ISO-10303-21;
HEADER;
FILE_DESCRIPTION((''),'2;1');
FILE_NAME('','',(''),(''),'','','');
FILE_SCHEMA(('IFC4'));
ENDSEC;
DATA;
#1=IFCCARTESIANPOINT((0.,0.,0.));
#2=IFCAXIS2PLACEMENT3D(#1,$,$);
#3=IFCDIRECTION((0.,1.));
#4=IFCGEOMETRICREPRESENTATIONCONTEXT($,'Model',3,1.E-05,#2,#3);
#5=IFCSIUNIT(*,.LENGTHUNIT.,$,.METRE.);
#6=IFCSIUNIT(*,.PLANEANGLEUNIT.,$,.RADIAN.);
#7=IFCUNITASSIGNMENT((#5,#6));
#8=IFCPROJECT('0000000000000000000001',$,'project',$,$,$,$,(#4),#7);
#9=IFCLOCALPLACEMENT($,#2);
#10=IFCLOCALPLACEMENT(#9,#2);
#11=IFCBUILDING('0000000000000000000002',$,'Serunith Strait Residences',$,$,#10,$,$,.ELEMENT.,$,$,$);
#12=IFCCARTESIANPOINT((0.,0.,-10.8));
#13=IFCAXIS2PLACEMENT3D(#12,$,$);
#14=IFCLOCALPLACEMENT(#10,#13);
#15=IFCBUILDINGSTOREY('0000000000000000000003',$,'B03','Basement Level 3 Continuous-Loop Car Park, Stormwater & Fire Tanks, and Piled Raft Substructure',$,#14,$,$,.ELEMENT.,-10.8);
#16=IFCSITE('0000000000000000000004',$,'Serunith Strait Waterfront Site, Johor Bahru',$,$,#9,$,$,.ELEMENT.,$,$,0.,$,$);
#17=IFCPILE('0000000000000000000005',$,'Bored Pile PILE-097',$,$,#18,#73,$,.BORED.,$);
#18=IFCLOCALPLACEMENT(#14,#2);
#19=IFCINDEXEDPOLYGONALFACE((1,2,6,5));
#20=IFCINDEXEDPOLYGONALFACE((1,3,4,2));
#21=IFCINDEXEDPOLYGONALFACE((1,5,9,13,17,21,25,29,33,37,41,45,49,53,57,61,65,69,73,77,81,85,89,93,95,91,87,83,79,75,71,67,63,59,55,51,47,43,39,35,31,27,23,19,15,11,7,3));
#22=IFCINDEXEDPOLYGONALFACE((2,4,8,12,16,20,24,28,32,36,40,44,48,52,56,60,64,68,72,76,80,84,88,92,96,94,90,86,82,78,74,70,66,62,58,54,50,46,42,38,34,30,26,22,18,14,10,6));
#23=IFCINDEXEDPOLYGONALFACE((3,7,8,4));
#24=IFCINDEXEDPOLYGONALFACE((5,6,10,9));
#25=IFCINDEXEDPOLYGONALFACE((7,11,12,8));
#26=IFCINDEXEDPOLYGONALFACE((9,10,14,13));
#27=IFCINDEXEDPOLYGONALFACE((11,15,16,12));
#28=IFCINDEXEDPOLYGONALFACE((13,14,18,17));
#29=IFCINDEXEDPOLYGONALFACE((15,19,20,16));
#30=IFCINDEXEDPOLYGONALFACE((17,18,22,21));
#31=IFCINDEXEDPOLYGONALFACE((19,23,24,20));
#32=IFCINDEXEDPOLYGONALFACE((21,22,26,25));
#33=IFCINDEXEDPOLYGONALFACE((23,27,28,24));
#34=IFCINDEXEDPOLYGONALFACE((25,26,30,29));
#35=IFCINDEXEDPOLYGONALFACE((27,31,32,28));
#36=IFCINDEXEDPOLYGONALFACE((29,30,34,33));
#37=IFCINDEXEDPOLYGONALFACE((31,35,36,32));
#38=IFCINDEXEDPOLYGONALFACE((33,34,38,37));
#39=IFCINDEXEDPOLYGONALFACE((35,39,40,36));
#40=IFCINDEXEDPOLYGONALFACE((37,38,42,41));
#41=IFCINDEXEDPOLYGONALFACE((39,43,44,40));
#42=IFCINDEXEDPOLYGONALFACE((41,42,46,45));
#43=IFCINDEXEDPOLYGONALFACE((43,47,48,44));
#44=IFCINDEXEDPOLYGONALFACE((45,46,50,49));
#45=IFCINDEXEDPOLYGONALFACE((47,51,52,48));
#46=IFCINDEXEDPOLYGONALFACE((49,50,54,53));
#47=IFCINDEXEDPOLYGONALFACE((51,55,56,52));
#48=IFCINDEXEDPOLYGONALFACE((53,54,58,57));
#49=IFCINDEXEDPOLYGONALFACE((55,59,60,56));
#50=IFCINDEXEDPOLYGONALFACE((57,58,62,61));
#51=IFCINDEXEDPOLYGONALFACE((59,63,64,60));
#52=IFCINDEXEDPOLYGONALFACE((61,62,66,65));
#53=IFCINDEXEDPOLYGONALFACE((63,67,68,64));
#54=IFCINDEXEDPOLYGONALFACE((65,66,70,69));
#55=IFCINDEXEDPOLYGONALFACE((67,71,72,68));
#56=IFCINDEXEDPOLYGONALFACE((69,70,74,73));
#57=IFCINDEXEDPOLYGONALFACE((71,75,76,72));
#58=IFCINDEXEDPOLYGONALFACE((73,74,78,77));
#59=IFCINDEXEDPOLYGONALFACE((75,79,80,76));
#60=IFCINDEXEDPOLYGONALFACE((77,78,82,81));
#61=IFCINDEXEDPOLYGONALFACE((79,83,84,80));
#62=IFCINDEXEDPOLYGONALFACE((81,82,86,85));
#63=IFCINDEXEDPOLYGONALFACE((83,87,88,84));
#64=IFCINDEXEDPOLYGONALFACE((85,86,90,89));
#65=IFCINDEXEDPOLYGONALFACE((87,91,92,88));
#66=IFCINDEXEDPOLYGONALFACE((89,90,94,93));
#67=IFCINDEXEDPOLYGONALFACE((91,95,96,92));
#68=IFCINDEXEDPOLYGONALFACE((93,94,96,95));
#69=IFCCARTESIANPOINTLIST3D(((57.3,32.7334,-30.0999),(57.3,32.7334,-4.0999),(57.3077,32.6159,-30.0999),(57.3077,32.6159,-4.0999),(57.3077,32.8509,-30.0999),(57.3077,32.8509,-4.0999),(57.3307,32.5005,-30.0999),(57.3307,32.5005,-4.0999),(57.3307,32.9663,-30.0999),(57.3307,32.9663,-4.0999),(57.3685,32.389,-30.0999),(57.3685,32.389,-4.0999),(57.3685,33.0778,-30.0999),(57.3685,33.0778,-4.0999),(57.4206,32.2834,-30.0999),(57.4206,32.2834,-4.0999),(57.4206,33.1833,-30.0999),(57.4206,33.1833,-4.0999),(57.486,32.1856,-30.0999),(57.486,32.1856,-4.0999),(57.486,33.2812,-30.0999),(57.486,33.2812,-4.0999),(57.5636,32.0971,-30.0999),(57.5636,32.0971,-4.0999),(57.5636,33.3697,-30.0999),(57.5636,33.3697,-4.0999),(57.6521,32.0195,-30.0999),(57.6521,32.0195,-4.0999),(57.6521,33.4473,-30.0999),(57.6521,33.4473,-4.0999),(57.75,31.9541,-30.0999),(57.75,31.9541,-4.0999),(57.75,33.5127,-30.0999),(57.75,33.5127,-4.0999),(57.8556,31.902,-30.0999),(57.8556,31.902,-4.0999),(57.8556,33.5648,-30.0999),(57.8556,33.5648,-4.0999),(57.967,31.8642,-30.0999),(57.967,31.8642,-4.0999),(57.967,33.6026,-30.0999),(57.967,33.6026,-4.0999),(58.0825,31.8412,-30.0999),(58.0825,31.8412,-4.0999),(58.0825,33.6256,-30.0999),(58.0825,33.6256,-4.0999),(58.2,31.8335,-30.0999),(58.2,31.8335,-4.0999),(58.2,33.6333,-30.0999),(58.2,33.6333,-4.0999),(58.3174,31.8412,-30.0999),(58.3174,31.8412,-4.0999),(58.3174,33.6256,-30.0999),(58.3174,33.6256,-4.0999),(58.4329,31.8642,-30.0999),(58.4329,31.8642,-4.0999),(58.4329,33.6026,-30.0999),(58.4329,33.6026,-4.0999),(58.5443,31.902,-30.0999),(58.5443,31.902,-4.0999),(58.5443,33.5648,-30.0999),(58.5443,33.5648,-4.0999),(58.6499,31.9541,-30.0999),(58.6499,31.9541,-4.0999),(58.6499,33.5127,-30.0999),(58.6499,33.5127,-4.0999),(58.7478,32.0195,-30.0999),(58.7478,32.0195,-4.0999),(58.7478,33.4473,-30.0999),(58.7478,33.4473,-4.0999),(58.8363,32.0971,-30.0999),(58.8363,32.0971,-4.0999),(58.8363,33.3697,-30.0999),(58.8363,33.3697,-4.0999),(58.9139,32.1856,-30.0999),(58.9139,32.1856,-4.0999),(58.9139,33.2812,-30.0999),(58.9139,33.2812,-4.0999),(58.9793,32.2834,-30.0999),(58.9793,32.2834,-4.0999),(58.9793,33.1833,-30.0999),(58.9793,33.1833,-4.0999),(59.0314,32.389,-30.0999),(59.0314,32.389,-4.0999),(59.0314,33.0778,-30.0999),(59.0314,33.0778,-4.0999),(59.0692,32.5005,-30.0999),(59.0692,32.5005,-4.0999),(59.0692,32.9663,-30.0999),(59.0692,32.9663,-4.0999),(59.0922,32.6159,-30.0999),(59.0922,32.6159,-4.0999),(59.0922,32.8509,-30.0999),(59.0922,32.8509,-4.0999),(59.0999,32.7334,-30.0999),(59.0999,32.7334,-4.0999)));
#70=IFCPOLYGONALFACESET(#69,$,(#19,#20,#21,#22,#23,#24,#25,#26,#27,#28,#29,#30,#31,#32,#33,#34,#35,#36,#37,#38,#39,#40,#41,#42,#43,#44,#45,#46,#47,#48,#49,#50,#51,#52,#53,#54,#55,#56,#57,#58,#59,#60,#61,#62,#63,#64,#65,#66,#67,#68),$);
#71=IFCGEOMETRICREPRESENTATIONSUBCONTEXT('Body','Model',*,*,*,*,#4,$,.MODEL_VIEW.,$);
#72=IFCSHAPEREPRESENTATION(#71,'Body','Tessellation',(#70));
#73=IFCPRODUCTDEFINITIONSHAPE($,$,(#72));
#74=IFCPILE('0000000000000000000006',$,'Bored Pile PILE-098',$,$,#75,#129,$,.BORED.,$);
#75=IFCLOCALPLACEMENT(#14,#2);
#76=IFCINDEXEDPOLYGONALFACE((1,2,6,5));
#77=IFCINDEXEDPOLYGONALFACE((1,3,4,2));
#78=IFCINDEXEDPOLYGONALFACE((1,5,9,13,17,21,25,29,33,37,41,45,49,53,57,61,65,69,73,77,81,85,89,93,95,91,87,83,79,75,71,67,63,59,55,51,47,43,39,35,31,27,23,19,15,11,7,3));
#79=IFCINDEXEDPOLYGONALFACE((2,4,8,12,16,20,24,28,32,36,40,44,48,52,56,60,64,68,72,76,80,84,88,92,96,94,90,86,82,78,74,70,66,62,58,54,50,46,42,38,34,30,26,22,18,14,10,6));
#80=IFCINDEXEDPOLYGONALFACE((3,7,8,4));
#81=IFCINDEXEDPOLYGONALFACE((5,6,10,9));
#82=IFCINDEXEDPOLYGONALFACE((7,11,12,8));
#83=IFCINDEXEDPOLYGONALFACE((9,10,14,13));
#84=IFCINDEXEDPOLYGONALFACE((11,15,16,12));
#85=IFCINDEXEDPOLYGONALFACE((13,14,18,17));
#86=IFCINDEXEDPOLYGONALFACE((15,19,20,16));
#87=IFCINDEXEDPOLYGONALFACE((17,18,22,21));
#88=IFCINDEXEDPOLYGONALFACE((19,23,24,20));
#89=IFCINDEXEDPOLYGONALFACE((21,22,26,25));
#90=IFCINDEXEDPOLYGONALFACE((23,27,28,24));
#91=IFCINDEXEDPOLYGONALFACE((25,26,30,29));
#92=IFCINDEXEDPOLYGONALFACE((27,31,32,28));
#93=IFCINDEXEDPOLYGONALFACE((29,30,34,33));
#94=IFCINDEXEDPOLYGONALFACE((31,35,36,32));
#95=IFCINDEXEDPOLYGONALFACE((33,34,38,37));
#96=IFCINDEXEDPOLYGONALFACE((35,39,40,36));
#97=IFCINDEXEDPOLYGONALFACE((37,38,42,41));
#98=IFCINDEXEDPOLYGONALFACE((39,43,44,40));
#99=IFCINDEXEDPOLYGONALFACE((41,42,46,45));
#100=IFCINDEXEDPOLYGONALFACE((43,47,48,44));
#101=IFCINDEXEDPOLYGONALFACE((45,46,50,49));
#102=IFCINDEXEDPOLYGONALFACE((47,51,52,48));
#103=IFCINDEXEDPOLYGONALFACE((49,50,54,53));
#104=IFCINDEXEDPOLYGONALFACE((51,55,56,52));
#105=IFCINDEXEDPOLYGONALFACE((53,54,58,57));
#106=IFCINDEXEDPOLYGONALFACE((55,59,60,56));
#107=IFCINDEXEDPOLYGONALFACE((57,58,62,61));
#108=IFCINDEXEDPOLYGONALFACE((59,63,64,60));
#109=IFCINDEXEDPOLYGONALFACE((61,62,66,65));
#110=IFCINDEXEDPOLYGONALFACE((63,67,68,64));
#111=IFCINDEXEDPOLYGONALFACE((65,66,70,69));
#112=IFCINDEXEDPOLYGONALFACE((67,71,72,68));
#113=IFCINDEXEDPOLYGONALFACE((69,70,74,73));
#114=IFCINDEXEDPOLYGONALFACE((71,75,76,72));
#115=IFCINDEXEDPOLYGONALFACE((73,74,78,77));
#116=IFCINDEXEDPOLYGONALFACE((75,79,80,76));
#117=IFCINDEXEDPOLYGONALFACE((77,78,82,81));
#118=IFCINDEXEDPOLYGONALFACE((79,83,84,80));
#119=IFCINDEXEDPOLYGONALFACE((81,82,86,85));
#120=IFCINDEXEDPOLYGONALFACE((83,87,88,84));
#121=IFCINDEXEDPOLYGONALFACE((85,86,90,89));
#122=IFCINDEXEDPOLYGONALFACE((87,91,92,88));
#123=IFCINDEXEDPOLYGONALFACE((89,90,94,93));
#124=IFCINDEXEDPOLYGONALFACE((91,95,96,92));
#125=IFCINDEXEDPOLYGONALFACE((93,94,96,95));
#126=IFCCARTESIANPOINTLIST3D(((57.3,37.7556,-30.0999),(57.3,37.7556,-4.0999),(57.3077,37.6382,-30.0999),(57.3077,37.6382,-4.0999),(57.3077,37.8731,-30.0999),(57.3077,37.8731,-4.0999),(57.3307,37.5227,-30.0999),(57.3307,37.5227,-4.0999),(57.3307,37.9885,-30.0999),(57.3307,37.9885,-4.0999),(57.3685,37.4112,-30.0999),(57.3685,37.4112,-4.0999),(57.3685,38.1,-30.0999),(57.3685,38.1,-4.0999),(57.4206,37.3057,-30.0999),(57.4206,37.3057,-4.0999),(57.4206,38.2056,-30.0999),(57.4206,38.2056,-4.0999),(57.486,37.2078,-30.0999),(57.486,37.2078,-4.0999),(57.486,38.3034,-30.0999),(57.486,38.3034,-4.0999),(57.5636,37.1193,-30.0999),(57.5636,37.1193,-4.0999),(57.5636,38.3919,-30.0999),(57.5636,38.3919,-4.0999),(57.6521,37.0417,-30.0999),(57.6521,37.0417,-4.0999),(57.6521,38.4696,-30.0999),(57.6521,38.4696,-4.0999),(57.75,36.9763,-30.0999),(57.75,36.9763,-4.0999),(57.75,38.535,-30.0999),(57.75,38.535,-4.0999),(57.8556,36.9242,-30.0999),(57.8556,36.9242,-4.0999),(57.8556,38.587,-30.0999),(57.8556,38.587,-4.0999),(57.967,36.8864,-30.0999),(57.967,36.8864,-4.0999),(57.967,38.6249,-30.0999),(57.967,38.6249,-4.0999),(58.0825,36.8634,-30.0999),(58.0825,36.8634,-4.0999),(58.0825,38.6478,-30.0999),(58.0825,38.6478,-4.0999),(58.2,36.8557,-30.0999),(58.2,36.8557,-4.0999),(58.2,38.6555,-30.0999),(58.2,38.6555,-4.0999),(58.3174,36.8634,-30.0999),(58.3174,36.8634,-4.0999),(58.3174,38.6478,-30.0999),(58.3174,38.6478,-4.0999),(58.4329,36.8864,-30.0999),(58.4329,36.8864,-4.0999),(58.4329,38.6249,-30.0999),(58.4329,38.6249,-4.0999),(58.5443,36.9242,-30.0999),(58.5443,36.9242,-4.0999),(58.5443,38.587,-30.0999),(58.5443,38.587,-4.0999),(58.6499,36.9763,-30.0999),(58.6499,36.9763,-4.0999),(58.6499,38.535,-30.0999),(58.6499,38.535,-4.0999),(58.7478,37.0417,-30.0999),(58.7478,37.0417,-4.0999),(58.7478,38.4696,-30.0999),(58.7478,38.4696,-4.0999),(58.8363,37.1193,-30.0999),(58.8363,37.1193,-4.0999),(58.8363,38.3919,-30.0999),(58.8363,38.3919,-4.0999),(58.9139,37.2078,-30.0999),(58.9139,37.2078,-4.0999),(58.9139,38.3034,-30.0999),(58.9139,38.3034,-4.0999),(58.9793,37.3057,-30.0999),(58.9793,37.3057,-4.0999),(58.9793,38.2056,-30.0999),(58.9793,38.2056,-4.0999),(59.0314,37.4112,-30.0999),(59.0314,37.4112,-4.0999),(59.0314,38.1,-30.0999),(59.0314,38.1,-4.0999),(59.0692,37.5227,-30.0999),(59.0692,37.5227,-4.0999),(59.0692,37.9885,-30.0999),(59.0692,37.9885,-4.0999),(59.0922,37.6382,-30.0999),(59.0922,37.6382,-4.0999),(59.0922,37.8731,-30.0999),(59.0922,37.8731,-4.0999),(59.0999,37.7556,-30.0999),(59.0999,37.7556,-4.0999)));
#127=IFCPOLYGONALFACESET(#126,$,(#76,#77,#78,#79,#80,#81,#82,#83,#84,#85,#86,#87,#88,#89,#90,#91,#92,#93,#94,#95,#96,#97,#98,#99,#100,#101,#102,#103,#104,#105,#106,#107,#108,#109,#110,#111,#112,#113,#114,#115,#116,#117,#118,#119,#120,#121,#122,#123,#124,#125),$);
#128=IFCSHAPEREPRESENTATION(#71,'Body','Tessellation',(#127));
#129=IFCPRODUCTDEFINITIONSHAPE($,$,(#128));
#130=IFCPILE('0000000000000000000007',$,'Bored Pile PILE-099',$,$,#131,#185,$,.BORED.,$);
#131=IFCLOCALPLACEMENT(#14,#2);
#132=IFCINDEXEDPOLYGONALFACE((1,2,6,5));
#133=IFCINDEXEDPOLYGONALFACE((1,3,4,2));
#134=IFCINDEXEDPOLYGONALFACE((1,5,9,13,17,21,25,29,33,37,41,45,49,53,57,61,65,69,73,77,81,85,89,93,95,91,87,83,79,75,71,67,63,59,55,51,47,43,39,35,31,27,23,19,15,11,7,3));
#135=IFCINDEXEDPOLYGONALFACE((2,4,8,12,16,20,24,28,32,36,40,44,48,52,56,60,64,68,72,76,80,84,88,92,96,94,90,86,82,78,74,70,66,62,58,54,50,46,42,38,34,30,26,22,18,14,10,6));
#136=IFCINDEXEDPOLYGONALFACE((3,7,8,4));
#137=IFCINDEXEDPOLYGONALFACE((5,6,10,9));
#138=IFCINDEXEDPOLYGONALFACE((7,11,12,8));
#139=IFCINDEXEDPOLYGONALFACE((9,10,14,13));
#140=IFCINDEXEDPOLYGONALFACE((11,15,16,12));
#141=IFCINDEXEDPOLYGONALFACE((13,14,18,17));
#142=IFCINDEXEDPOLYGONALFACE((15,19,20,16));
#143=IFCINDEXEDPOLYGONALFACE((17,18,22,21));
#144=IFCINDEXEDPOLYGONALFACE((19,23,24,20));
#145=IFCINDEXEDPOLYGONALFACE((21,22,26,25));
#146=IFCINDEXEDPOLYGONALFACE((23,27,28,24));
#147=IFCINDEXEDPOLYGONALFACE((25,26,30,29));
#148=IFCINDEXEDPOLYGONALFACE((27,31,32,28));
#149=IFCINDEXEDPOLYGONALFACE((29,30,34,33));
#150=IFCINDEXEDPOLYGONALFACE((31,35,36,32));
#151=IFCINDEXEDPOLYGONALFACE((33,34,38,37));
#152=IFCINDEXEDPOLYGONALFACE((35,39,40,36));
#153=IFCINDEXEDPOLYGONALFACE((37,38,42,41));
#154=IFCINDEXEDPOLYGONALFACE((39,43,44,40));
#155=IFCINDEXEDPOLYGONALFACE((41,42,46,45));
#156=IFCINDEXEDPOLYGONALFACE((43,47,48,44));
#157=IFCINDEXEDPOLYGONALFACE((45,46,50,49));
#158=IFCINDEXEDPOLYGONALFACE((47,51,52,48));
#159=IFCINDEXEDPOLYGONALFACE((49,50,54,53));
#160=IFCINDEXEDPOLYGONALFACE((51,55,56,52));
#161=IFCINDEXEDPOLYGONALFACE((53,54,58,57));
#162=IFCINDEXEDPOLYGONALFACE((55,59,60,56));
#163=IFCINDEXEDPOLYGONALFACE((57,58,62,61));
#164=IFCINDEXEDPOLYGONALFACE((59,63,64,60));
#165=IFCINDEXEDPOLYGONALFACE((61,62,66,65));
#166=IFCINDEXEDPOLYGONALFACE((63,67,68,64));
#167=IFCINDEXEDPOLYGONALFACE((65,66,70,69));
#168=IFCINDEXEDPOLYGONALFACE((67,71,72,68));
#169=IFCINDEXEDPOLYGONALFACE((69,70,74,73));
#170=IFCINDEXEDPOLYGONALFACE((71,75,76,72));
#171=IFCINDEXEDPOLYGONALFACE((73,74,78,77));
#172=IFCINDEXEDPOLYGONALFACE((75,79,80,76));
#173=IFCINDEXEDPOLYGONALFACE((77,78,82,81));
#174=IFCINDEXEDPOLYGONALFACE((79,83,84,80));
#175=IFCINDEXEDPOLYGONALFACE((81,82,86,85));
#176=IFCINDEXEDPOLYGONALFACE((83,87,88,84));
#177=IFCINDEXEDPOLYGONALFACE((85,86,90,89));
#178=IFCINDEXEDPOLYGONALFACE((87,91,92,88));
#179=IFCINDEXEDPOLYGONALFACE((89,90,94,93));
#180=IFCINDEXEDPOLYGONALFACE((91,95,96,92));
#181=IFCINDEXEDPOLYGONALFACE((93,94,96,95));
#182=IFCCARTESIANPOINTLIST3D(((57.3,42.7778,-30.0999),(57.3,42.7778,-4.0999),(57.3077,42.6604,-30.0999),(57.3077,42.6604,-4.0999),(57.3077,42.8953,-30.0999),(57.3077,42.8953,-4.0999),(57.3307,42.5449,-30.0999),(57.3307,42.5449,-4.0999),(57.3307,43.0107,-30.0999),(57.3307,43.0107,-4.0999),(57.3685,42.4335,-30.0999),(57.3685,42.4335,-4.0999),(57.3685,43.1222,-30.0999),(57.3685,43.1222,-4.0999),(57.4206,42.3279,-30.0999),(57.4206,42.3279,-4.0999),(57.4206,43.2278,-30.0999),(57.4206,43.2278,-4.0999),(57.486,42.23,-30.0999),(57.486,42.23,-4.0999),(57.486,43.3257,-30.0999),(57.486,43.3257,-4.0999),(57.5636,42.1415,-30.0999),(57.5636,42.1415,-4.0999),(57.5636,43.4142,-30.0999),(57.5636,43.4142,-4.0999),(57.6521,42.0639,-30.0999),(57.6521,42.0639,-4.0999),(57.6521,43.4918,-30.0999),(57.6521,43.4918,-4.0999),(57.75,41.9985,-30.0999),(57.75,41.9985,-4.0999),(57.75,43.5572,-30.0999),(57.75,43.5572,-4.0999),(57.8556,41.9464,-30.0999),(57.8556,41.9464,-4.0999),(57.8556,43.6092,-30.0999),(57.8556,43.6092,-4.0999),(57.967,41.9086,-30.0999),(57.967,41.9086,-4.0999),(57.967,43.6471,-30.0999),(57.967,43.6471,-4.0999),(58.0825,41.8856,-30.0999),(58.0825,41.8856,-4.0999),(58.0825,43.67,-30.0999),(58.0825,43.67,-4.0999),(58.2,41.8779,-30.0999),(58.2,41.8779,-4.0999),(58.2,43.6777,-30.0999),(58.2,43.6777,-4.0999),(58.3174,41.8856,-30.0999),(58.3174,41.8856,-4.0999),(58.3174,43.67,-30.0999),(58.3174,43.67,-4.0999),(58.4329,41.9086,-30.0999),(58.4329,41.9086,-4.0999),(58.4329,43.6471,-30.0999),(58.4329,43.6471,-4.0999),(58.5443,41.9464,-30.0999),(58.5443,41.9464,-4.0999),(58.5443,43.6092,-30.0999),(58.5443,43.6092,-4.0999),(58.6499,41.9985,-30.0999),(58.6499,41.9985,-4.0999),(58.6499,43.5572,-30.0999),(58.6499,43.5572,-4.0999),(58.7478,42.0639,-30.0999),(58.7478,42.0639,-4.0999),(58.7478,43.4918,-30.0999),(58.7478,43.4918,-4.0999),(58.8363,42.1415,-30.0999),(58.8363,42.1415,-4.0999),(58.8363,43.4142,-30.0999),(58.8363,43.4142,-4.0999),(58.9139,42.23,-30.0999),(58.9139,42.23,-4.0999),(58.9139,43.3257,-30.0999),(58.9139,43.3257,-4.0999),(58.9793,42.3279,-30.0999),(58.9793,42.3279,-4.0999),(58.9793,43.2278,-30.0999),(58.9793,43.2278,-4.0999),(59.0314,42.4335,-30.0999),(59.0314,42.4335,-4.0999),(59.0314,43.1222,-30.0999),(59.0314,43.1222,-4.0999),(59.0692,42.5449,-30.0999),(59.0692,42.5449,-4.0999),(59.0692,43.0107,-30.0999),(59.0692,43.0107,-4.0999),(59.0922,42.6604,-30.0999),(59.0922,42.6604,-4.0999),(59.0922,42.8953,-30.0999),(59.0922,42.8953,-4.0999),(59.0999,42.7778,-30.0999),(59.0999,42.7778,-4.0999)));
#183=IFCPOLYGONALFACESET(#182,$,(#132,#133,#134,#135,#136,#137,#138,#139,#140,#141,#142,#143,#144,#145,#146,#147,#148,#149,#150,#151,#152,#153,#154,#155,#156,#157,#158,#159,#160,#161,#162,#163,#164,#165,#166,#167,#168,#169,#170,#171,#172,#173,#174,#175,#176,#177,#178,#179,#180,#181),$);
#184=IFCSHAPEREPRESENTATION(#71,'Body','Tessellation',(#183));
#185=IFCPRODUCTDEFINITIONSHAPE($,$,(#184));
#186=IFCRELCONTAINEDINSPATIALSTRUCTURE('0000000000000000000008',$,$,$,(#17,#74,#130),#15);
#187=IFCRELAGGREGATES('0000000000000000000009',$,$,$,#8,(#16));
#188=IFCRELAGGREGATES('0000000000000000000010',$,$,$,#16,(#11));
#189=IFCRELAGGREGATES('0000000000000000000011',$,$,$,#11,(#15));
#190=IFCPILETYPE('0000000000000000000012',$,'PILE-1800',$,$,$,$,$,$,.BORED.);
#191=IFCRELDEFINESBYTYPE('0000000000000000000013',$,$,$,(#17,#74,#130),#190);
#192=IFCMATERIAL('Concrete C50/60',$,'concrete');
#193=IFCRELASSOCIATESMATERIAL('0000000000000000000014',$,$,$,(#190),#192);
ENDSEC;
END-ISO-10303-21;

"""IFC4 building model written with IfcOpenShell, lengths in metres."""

from ifc_helpers import new_model, si_unit, direction, frame, origin, origin_2d, place, context, subcontext, project, spatial, circle, extrude, source, transform, mapped, material, material_profile, profile_set, type_object, element, save


model = new_model("IFC4")

# Units and contexts
model_context = context("Model", 3, precision=1e-05, world=origin(), true_north=direction((0.0, 1.0)))
body_context = subcontext(model_context, "Body", "Model", "MODEL_VIEW")
ifc_project = project(units=[si_unit("LENGTHUNIT", "METRE"), si_unit("PLANEANGLEUNIT", "RADIAN")], contexts=[model_context])

# Site, building, storey
site_placement = place(None, origin())
site = spatial("IfcSite", under=ifc_project, at=site_placement, Name="Serunith Strait Waterfront Site, Johor Bahru", CompositionType="ELEMENT", RefElevation=0.0)
building_placement = place(site_placement, origin())
building = spatial("IfcBuilding", under=site, at=building_placement, Name="Serunith Strait Residences", CompositionType="ELEMENT")
storey_placement = place(building_placement, frame((0.0, 0.0, -10.8)))
storey = spatial("IfcBuildingStorey", under=building, at=storey_placement, Name="B03", Description="Basement Level 3 Continuous-Loop Car Park, Stormwater & Fire Tanks, and Piled Raft Substructure", CompositionType="ELEMENT", Elevation=-10.8)

# Shared definitions
ifc_material_1 = material(Name="Concrete C50/60", Category="concrete")

# Piles
ifc_material_profile_1 = material_profile(ifc_material_1, circle(Radius=0.8999, at=origin_2d()), Name="PILE D1800")
ifc_profile_set_1 = profile_set([ifc_material_profile_1], Name="Concrete C50/60")
pile_type_1 = type_object("IfcPileType", Name="PILE-1800", PredefinedType="BORED", material=ifc_profile_set_1)
shared_shape_1 = source(origin(), body_context, "Body", "SweptSolid", [
    extrude(circle(Radius=0.8999, at=origin_2d()), origin(), (0.0, 0.0, 1.0), 26.0),
])
for number, where, z_axis, x_axis, name in (
    (1, (58.2, 32.7334, -4.0999), (0.0, 0.0, -1.0), (1.0, 0.0, 0.0), "Bored Pile PILE-097"),
    (2, (58.2, 37.7556, -4.0999), (0.0, 0.0, -1.0), (1.0, 0.0, 0.0), "Bored Pile PILE-098"),
    (3, (58.2, 42.7778, -4.0999), (0.0, 0.0, -1.0), (1.0, 0.0, 0.0), "Bored Pile PILE-099"),
):
    element("IfcPile", number, at=place(storey_placement, frame(where, z_axis=z_axis, x_axis=x_axis)), inside=storey, type_object=pile_type_1, Name=name, PredefinedType="BORED", context=body_context, shape_type="MappedRepresentation", body=[
        mapped(shared_shape_1, transform((0.0, 0.0, 0.0), scale=1.0)),
    ])

save(model, "model.ifc")
